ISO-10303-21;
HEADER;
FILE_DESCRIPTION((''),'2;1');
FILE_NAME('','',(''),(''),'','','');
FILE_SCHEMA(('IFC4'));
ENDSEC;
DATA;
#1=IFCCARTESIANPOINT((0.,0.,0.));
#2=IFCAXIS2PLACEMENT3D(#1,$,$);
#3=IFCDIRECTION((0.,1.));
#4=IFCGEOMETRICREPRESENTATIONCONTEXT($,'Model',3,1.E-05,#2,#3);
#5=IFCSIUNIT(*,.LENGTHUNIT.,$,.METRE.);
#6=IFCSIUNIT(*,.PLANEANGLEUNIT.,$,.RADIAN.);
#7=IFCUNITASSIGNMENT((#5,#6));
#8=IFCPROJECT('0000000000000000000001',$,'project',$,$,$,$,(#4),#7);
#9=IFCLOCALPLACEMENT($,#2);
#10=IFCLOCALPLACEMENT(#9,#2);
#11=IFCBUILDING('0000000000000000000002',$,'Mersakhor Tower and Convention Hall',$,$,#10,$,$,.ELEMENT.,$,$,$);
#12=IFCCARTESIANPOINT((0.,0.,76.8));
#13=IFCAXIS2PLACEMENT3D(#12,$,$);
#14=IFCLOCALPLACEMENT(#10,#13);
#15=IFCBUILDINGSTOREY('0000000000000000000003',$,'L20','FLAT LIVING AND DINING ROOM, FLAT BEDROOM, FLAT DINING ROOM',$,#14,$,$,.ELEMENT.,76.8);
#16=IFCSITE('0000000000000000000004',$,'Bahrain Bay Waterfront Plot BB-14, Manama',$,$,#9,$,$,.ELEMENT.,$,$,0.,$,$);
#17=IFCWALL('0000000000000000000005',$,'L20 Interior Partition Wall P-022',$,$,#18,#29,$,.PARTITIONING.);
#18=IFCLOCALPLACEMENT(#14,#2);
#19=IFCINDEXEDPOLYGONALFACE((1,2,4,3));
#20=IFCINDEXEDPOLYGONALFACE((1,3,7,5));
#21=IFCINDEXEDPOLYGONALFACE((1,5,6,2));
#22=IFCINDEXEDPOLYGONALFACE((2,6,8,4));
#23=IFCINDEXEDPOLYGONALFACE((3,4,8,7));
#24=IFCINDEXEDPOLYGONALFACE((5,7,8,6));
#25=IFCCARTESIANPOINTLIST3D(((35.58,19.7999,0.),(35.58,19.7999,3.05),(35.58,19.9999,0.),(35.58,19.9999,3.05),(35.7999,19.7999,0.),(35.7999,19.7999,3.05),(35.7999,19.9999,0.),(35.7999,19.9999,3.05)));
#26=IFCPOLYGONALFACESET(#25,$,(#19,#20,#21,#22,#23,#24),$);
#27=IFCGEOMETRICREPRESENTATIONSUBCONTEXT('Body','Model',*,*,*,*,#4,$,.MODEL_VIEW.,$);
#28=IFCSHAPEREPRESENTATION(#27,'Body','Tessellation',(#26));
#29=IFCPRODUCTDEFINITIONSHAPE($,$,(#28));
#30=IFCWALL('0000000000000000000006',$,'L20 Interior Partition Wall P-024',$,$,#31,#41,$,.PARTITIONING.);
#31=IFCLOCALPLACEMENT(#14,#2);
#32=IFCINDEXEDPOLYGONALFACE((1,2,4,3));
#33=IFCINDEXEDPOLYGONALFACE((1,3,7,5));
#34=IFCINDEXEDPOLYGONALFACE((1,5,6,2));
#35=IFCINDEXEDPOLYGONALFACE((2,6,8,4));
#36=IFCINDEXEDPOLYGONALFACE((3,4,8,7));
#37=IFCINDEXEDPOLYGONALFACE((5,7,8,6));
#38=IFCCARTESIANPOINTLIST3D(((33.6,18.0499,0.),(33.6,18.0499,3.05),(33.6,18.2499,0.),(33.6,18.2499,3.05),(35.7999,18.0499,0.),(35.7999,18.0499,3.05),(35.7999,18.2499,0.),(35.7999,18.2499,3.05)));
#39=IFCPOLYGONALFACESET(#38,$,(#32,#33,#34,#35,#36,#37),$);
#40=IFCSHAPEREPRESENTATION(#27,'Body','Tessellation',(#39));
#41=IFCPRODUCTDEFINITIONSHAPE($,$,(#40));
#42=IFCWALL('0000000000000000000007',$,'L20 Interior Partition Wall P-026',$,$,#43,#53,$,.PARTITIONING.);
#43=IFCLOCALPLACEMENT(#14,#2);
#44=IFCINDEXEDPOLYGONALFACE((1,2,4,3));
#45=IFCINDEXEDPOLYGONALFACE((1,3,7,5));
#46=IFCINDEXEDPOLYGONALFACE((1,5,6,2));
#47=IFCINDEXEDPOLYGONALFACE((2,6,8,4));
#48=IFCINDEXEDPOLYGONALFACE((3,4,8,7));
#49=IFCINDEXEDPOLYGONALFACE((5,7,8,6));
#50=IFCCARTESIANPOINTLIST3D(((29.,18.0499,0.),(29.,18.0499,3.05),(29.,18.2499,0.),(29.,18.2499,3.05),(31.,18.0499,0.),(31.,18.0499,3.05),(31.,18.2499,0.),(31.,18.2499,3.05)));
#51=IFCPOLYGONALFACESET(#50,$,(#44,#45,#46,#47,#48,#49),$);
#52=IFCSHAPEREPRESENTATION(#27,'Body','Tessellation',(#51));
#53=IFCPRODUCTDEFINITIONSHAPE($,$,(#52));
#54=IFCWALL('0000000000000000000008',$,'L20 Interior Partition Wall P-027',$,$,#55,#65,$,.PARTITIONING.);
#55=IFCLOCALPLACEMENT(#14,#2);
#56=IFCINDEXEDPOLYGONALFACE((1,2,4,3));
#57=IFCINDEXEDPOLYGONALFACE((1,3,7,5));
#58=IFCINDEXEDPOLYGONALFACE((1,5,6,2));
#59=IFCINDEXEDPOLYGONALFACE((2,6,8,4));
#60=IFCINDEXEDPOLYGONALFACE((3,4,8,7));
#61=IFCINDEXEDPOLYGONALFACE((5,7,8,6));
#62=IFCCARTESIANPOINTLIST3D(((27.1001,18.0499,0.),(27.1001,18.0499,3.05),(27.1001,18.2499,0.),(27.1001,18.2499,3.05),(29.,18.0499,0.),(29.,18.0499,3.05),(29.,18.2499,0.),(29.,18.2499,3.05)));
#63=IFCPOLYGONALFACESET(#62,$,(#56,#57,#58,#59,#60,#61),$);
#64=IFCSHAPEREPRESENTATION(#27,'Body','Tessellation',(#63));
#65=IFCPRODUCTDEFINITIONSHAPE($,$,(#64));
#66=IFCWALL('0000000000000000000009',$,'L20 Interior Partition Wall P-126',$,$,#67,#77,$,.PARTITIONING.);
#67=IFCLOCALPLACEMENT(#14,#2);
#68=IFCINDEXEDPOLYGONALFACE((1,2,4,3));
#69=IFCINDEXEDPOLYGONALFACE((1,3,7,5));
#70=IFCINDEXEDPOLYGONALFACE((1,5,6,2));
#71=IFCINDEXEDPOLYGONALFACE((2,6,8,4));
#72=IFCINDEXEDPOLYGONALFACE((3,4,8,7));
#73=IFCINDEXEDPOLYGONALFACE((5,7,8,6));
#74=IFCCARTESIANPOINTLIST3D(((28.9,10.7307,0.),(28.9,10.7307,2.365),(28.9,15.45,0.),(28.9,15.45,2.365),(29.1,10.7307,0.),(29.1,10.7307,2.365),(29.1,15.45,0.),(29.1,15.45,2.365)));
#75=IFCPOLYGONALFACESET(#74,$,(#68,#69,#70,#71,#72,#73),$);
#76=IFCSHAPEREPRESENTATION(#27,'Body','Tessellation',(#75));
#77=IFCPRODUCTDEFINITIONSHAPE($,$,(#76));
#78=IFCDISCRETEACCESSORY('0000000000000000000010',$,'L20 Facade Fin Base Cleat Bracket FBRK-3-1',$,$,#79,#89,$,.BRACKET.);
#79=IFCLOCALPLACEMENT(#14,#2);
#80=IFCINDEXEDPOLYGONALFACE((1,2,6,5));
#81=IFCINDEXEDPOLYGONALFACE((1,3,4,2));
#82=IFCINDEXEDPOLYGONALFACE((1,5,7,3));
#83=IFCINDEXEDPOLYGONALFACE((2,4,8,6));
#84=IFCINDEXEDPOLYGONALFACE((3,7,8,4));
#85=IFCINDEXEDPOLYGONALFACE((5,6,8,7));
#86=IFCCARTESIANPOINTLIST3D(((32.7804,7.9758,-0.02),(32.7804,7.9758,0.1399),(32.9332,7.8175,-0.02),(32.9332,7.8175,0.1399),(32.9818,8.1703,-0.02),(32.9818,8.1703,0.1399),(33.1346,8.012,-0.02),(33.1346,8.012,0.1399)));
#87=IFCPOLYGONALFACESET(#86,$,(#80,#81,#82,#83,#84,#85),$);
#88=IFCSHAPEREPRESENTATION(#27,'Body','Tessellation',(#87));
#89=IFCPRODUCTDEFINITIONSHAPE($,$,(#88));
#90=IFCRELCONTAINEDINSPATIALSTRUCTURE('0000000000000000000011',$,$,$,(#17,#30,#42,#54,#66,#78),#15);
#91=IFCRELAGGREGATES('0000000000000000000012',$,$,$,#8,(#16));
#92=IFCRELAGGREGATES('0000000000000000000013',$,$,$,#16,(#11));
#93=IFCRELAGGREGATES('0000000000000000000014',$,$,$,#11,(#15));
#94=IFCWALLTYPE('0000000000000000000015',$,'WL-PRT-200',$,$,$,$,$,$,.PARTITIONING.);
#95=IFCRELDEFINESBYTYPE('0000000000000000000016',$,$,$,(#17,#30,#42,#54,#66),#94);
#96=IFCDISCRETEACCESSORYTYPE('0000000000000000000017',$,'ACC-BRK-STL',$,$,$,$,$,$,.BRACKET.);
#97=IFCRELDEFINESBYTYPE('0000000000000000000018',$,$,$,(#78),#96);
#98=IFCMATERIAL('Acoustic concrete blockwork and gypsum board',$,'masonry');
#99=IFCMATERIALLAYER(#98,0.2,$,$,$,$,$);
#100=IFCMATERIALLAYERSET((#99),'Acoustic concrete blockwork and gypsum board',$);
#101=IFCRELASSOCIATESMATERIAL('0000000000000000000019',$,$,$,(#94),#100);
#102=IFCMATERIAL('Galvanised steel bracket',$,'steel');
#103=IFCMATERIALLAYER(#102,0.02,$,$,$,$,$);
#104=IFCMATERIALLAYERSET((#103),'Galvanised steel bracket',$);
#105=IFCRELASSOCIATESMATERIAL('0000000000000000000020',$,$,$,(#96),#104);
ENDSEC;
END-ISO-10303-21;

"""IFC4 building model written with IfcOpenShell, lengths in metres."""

from ifc_helpers import new_model, si_unit, direction, frame, frame_2d, origin, origin_2d, place, context, subcontext, project, spatial, rectangle, extrude, material, layer, layer_set, type_object, element, save


model = new_model("IFC4")

# Units and contexts
model_context = context("Model", 3, precision=1e-05, world=origin(), true_north=direction((0.0, 1.0)))
body_context = subcontext(model_context, "Body", "Model", "MODEL_VIEW")
ifc_project = project(units=[si_unit("LENGTHUNIT", "METRE"), si_unit("PLANEANGLEUNIT", "RADIAN")], contexts=[model_context])

# Site, building, storey
site_placement = place(None, origin())
site = spatial("IfcSite", under=ifc_project, at=site_placement, Name="Bahrain Bay Waterfront Plot BB-14, Manama", CompositionType="ELEMENT", RefElevation=0.0)
building_placement = place(site_placement, origin())
building = spatial("IfcBuilding", under=site, at=building_placement, Name="Mersakhor Tower and Convention Hall", CompositionType="ELEMENT")
storey_placement = place(building_placement, frame((0.0, 0.0, 76.8)))
storey = spatial("IfcBuildingStorey", under=building, at=storey_placement, Name="L20", Description="FLAT LIVING AND DINING ROOM, FLAT BEDROOM, FLAT DINING ROOM", CompositionType="ELEMENT", Elevation=76.8)

# Walls
ifc_material_1 = material(Name="Acoustic concrete blockwork and gypsum board", Category="masonry")
ifc_layer_1 = layer(ifc_material_1, 0.2)
ifc_layer_set_1 = layer_set([ifc_layer_1], Name="Acoustic concrete blockwork and gypsum board")
wall_type_1 = type_object("IfcWallType", Name="WL-PRT-200", PredefinedType="PARTITIONING", material=ifc_layer_set_1)
wall_1_placement = place(storey_placement, frame((35.5801, 19.8999, 0.0), z_axis=(0.0, 0.0, 1.0), x_axis=(1.0, 0.0, 0.0)))
element("IfcWall", 1, at=wall_1_placement, inside=storey, type_object=wall_type_1, Name="L20 Interior Partition Wall P-022", PredefinedType="PARTITIONING", context=body_context, shape_type="SweptSolid", body=[
    extrude(rectangle(XDim=0.22, YDim=0.2, at=frame_2d((0.1099, 0.0))), origin(), (0.0, 0.0, 1.0), 3.05),
])
wall_2_placement = place(storey_placement, frame((35.8, 18.1499, 0.0), z_axis=(0.0, 0.0, 1.0), x_axis=(-1.0, 0.0, 0.0)))
element("IfcWall", 2, at=wall_2_placement, inside=storey, type_object=wall_type_1, Name="L20 Interior Partition Wall P-024", PredefinedType="PARTITIONING", context=body_context, shape_type="SweptSolid", body=[
    extrude(rectangle(XDim=2.2, YDim=0.2, at=frame_2d((1.1001, 0.0))), origin(), (0.0, 0.0, 1.0), 3.05),
])

# Walls
wall_3_placement = place(storey_placement, frame((31.0, 18.1499, 0.0), z_axis=(0.0, 0.0, 1.0), x_axis=(-1.0, 0.0, 0.0)))
element("IfcWall", 3, at=wall_3_placement, inside=storey, type_object=wall_type_1, Name="L20 Interior Partition Wall P-026", PredefinedType="PARTITIONING", context=body_context, shape_type="SweptSolid", body=[
    extrude(rectangle(XDim=2.0, YDim=0.2, at=frame_2d((1.0, 0.0))), origin(), (0.0, 0.0, 1.0), 3.05),
])
wall_4_placement = place(storey_placement, frame((29.0, 18.1499, 0.0), z_axis=(0.0, 0.0, 1.0), x_axis=(-1.0, 0.0, 0.0)))
element("IfcWall", 4, at=wall_4_placement, inside=storey, type_object=wall_type_1, Name="L20 Interior Partition Wall P-027", PredefinedType="PARTITIONING", context=body_context, shape_type="SweptSolid", body=[
    extrude(rectangle(XDim=1.8999, YDim=0.2, at=frame_2d((0.95, 0.0))), origin(), (0.0, 0.0, 1.0), 3.05),
])
wall_5_placement = place(storey_placement, frame((29.0, 15.45, 0.0), z_axis=(0.0, 0.0, 1.0), x_axis=(0.0, -1.0, 0.0)))
element("IfcWall", 5, at=wall_5_placement, inside=storey, type_object=wall_type_1, Name="L20 Interior Partition Wall P-126", PredefinedType="PARTITIONING", context=body_context, shape_type="SweptSolid", body=[
    extrude(rectangle(XDim=4.7192, YDim=0.2, at=frame_2d((2.3596, 0.0))), origin(), (0.0, 0.0, 1.0), 2.365),
])

# Discrete accessory
ifc_material_2 = material(Name="Galvanised steel bracket", Category="steel")
ifc_layer_2 = layer(ifc_material_2, 0.02)
ifc_layer_set_2 = layer_set([ifc_layer_2], Name="Galvanised steel bracket")
discrete_accessory_type = type_object("IfcDiscreteAccessoryType", Name="ACC-BRK-STL", PredefinedType="BRACKET", material=ifc_layer_set_2)
discrete_accessory_placement = place(storey_placement, frame((32.9575, 7.9939, -0.02), z_axis=(0.0, 0.0, 1.0), x_axis=(-0.71934, -0.694658, 0.0)))
element("IfcDiscreteAccessory", 6, at=discrete_accessory_placement, inside=storey, type_object=discrete_accessory_type, Name="L20 Facade Fin Base Cleat Bracket FBRK-3-1", PredefinedType="BRACKET", context=body_context, shape_type="SweptSolid", body=[
    extrude(rectangle(XDim=0.28, YDim=0.22, at=origin_2d()), origin(), (0.0, 0.0, 1.0), 0.1599),
])

save(model, "model.ifc")
